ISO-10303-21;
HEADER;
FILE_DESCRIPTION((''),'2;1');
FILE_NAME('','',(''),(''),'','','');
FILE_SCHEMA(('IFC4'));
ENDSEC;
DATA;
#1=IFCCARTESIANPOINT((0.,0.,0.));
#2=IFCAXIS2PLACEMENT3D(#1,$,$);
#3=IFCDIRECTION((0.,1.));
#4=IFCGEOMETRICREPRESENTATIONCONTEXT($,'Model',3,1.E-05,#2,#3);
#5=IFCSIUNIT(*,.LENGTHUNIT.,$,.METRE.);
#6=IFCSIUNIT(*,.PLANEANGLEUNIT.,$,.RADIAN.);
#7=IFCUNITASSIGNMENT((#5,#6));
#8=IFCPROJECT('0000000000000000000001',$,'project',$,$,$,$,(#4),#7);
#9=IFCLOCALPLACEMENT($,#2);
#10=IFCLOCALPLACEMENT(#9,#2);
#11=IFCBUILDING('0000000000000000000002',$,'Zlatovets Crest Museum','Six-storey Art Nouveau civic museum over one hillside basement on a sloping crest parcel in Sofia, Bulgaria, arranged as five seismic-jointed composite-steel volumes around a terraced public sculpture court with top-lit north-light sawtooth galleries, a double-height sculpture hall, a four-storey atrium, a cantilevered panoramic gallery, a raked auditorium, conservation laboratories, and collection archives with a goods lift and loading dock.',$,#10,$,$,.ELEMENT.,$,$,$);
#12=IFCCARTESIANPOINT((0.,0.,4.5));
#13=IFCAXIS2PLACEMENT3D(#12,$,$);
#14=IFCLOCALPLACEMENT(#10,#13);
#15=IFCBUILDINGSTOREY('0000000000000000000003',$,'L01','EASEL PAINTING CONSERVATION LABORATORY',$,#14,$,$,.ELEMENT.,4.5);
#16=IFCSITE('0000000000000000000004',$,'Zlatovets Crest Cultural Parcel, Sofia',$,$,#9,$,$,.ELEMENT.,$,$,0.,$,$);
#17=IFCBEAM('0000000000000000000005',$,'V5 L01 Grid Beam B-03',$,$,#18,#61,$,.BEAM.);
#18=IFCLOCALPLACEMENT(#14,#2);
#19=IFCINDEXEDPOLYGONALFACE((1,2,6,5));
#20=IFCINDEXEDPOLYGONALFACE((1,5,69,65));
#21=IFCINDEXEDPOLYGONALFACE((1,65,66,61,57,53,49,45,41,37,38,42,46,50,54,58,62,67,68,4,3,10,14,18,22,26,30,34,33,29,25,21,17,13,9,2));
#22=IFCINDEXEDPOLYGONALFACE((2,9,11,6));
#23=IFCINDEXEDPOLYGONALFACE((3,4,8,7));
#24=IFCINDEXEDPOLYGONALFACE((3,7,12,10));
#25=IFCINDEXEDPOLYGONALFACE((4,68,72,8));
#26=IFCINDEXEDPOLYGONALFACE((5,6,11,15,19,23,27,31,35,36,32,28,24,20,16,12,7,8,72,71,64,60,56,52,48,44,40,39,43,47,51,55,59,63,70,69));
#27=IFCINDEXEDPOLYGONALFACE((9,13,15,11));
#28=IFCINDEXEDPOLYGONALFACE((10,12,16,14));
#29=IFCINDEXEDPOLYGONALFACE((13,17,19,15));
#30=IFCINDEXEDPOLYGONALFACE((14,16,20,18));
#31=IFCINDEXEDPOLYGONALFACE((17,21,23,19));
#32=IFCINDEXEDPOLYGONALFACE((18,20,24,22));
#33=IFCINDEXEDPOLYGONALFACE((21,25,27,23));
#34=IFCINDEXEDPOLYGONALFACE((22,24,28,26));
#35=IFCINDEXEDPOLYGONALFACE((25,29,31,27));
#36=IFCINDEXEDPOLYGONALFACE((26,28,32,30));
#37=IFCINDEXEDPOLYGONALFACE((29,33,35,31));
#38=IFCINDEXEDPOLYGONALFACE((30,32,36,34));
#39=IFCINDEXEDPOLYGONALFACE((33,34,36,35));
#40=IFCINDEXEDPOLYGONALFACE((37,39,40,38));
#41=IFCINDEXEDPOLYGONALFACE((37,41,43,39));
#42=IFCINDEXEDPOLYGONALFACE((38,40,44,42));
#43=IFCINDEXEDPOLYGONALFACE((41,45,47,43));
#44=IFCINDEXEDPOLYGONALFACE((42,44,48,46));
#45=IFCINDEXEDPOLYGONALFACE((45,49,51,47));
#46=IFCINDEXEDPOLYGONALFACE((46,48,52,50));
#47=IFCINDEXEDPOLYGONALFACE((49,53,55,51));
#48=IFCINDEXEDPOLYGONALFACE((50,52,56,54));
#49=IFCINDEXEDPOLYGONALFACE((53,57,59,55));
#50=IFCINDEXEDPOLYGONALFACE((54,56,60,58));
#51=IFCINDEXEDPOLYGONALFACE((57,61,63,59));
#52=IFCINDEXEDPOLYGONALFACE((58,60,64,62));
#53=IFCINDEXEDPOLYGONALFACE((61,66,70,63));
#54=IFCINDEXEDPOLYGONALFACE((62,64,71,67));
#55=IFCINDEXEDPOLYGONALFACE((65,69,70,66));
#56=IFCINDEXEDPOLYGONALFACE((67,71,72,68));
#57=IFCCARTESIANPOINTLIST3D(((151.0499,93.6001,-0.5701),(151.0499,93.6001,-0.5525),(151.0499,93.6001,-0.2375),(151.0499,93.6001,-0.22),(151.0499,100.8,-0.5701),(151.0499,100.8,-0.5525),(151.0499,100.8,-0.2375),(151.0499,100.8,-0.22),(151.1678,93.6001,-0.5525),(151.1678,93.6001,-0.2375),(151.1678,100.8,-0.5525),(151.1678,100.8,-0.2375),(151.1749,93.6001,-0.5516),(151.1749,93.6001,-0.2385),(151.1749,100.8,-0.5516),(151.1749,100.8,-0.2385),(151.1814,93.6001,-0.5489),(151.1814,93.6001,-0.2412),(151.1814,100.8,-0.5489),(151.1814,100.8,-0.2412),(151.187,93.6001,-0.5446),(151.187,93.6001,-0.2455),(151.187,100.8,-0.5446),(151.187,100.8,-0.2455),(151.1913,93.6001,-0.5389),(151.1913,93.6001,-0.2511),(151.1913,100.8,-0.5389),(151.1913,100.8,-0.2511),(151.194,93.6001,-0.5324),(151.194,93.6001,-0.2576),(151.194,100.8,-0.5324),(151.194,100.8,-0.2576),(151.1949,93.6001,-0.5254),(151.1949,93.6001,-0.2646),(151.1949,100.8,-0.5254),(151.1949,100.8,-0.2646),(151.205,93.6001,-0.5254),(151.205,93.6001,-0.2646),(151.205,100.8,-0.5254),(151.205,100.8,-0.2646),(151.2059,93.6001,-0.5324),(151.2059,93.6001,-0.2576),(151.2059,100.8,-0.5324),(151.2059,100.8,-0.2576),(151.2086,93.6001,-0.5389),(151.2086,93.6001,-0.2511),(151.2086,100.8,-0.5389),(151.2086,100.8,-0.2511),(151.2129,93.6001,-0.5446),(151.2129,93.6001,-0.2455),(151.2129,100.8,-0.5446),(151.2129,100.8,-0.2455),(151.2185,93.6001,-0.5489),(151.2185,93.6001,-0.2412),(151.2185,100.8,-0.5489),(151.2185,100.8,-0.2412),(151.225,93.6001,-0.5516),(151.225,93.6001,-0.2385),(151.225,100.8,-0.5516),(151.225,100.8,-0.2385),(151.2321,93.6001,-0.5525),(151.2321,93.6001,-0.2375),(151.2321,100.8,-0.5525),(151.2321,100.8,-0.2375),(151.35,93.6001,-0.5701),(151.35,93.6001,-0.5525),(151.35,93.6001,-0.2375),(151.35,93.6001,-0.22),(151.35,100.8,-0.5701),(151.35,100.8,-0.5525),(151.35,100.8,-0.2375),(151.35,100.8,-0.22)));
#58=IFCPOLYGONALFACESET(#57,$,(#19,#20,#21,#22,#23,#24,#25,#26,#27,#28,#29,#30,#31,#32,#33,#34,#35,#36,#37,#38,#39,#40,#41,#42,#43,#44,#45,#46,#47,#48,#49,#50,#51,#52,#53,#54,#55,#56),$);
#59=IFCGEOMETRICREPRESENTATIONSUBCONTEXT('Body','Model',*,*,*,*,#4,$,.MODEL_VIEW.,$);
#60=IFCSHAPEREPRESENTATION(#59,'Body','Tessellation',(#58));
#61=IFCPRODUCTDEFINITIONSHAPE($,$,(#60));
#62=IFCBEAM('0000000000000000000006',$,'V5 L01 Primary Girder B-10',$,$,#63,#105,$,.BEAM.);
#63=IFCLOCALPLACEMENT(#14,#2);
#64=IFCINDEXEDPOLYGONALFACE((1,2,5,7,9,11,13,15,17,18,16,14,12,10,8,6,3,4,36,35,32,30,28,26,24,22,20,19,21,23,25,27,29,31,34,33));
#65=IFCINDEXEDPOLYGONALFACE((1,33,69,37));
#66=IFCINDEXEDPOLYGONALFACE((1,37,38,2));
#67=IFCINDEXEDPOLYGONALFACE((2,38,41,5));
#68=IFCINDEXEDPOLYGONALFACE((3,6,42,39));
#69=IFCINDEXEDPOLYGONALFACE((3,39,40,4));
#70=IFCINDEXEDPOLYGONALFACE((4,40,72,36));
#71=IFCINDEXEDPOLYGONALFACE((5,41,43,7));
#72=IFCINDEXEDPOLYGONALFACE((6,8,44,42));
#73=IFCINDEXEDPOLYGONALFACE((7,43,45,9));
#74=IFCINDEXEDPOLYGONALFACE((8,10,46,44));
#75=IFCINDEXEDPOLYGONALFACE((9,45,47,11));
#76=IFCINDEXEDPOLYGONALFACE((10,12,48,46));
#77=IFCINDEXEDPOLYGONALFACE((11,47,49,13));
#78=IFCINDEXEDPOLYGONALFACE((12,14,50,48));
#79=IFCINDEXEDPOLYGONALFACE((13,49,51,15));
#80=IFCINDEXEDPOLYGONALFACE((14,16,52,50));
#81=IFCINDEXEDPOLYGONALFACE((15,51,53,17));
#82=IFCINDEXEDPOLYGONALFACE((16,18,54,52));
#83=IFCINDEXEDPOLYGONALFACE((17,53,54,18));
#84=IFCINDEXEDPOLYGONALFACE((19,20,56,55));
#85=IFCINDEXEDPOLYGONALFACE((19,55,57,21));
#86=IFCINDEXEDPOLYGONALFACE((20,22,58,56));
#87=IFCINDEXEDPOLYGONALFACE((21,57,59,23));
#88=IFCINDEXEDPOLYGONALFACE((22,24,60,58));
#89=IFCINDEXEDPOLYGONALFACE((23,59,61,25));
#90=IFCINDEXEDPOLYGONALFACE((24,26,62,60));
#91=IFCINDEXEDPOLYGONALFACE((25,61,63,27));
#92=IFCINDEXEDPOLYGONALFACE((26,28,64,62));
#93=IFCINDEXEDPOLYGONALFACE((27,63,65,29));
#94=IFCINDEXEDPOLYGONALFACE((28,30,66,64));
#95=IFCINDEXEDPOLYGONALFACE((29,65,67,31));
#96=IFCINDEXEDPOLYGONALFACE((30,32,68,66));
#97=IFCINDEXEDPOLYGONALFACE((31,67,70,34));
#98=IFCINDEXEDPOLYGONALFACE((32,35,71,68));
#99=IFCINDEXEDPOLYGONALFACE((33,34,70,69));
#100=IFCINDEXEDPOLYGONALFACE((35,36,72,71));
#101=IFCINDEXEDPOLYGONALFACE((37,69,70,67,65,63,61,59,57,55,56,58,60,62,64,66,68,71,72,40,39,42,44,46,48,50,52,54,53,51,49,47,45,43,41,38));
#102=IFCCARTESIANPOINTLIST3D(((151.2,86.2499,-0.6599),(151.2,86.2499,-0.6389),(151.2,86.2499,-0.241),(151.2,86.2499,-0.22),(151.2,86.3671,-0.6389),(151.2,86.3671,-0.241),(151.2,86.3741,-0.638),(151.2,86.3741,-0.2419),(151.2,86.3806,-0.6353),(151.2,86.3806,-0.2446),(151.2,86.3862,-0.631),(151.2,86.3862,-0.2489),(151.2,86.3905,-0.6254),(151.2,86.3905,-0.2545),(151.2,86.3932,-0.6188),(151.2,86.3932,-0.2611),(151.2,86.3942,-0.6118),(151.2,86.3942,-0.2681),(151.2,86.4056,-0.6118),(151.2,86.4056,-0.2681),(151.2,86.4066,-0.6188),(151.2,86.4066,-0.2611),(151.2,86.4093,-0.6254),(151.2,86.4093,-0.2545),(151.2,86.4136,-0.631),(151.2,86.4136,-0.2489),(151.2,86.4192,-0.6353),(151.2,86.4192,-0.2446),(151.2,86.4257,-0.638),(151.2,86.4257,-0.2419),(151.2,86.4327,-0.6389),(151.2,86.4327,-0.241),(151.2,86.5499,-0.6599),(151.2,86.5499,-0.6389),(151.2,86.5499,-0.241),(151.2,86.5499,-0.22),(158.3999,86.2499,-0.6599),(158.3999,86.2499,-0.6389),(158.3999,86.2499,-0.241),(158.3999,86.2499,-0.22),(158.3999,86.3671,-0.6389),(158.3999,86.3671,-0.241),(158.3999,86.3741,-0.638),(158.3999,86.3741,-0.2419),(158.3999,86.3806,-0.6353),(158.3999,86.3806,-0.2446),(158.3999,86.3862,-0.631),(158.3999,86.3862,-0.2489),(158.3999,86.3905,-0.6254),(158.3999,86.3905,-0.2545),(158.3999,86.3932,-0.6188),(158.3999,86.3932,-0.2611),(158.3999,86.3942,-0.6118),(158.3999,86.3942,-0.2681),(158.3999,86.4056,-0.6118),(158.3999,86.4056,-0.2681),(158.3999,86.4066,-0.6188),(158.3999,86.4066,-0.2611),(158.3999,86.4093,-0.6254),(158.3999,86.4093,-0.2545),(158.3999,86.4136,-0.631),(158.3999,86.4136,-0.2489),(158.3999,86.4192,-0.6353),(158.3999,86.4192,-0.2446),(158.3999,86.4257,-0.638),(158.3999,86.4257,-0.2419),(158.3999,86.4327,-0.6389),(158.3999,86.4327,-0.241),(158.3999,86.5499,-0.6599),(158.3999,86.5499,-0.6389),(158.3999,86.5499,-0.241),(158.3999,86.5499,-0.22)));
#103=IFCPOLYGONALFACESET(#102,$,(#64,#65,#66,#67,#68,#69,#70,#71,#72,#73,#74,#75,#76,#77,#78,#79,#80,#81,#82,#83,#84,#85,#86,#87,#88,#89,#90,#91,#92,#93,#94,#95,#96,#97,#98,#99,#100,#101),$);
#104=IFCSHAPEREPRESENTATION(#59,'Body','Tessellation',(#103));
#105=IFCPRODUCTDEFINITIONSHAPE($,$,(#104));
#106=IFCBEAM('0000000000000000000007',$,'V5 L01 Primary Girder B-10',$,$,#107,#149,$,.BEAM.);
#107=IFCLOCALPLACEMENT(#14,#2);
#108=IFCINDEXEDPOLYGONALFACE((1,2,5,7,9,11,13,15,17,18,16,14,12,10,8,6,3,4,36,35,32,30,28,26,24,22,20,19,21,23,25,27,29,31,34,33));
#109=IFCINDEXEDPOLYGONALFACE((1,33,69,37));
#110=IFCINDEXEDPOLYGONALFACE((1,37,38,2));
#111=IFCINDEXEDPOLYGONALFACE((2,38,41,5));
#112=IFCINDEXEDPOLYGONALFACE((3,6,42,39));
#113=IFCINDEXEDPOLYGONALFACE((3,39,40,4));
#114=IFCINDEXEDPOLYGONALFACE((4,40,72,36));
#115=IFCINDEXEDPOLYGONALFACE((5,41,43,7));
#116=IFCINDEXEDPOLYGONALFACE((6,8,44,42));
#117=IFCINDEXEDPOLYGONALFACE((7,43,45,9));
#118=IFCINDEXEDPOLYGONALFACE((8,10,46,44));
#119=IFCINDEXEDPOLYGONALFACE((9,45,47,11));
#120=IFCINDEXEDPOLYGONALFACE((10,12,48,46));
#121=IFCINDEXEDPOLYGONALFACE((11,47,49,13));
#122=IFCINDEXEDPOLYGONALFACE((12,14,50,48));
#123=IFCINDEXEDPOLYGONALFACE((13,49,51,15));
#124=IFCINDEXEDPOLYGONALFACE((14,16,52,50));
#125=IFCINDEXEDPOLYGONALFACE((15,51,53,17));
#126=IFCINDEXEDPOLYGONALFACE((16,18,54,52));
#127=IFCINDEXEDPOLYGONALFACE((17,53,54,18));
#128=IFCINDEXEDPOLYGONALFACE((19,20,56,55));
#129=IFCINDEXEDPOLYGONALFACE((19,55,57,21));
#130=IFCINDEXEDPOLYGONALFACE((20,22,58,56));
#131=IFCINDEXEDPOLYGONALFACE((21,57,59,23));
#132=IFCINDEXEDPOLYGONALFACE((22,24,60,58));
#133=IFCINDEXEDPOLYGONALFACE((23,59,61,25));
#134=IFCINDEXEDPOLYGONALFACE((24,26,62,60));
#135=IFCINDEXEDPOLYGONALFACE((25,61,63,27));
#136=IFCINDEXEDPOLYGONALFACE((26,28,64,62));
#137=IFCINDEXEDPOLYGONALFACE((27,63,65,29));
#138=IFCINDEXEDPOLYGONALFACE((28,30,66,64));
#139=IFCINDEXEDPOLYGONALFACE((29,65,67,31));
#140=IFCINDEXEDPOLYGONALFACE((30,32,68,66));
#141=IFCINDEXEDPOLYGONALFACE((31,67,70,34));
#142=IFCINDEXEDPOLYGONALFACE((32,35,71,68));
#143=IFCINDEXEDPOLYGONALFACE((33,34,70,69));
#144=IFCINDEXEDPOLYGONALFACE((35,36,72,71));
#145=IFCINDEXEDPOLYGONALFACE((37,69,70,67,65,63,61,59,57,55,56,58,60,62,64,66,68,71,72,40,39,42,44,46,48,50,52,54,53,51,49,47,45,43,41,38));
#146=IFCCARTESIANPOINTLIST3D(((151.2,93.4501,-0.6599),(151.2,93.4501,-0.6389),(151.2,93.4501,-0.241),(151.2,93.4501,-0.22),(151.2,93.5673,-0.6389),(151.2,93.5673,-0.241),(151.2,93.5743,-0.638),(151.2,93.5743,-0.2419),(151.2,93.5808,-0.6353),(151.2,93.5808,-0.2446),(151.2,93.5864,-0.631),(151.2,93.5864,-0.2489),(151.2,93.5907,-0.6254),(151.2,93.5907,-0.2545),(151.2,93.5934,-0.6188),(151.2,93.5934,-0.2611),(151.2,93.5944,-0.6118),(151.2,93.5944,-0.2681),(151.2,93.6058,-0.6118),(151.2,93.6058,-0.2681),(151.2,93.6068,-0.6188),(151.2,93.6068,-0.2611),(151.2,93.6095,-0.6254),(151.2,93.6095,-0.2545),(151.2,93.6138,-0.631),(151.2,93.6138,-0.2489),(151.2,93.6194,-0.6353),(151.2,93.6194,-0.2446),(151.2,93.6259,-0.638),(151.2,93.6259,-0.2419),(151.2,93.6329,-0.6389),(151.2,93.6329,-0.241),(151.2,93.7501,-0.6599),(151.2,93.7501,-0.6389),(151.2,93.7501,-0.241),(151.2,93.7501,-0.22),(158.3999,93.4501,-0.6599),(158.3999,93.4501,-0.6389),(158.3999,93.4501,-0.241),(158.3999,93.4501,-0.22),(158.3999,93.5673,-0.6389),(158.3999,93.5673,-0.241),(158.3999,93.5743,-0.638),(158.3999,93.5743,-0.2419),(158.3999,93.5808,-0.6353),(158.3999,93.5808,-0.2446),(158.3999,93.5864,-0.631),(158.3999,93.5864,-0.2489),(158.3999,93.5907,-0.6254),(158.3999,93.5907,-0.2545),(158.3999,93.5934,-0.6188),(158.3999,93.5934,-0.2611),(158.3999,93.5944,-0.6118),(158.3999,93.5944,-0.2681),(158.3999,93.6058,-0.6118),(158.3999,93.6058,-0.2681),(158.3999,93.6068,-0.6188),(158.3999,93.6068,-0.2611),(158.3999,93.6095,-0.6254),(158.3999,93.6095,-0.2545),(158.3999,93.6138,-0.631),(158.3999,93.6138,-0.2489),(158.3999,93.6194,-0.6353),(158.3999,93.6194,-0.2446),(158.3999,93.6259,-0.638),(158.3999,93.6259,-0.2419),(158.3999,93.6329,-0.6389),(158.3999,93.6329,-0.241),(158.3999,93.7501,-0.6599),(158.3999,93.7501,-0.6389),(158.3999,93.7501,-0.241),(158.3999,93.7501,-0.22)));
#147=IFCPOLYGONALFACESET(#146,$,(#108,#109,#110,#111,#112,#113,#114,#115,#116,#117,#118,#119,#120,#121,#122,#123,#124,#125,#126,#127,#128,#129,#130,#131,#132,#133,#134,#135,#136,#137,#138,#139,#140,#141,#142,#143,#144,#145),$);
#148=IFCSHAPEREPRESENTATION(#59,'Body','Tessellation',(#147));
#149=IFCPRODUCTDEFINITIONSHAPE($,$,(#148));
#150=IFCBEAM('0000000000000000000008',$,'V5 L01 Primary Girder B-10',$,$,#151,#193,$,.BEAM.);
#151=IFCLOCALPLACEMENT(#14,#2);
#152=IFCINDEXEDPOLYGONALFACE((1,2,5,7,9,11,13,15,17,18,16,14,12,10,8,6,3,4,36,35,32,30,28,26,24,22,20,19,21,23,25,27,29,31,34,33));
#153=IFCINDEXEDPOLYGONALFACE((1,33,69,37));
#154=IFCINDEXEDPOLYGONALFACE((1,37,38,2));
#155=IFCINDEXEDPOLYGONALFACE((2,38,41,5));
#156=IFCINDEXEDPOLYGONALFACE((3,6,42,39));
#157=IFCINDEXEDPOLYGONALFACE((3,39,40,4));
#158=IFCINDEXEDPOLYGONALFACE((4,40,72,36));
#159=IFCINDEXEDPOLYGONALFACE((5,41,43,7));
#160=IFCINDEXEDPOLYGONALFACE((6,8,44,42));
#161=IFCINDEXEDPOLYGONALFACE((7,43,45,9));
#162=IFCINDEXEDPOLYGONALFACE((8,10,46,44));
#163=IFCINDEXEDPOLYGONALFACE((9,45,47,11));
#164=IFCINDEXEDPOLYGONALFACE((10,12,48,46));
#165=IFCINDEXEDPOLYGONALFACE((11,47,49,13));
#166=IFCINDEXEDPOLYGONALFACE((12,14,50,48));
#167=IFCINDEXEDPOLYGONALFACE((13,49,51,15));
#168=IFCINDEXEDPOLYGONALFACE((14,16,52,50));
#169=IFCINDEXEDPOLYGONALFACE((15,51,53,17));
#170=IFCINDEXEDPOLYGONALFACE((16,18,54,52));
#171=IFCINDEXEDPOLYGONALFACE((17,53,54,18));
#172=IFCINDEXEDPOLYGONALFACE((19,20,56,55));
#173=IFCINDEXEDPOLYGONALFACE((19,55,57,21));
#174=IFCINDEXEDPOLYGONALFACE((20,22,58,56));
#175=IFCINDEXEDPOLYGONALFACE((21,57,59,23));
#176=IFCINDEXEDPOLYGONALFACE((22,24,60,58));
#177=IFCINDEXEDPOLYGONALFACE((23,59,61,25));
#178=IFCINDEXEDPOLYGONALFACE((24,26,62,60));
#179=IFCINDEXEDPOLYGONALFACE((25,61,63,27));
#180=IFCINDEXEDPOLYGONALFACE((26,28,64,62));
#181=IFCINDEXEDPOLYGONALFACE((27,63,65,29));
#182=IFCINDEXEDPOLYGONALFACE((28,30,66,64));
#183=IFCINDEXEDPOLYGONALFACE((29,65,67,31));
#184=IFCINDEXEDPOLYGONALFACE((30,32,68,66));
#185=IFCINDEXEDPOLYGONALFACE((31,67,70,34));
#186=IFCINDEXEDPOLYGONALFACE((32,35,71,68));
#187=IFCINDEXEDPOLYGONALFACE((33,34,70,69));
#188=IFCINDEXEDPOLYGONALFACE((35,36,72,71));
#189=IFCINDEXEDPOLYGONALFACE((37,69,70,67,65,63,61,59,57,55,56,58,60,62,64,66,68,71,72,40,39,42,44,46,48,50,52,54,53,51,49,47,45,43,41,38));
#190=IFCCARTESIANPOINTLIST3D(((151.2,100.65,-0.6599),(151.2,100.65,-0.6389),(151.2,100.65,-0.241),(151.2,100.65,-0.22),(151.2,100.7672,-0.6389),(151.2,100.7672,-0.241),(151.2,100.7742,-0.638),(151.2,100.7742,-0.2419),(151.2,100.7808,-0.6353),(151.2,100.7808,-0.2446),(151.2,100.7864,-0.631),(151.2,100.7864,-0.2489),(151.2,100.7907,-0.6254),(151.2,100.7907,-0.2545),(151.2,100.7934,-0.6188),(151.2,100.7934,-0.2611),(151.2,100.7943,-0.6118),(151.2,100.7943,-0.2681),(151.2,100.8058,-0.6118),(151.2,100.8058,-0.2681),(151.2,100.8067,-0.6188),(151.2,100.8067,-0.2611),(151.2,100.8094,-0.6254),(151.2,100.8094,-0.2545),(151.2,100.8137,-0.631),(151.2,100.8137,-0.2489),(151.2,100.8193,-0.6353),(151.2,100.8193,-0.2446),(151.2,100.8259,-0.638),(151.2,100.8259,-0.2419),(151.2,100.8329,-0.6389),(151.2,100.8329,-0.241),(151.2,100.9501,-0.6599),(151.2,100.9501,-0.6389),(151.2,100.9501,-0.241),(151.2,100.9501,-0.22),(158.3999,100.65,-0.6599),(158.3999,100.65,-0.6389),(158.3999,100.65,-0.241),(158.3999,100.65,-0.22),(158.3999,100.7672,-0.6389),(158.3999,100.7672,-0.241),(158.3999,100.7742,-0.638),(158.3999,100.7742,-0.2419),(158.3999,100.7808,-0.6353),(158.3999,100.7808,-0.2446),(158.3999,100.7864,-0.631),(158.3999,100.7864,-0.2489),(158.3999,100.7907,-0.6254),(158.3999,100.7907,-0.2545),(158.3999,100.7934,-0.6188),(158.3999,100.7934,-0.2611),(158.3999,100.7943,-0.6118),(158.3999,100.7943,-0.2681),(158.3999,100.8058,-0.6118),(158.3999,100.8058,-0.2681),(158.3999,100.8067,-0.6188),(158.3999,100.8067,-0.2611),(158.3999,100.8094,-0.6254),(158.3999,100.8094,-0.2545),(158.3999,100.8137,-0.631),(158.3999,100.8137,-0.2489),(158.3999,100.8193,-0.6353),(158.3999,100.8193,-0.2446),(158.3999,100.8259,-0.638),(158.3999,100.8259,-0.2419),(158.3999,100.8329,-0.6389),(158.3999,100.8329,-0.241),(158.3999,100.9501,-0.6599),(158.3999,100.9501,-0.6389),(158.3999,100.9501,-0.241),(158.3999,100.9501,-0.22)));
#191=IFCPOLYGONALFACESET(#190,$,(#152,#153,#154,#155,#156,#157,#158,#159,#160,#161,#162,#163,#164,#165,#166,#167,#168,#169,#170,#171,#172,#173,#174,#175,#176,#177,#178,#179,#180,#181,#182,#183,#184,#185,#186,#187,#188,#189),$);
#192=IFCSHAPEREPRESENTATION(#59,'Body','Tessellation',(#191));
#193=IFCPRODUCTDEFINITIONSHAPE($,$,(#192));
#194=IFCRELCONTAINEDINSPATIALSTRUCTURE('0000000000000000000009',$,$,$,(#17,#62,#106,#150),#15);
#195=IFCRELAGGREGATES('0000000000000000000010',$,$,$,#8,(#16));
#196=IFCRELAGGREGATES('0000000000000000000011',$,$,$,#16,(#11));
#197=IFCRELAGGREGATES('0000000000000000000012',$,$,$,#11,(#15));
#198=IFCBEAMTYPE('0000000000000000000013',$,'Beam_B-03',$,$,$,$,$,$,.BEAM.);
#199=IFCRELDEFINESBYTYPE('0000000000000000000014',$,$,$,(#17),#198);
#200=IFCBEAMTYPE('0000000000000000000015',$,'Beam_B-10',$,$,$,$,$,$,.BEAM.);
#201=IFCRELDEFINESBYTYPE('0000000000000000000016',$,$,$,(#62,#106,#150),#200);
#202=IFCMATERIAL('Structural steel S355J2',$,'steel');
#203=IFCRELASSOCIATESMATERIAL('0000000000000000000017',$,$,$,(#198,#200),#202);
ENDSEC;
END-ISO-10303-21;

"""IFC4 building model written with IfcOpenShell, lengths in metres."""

from ifc_helpers import new_model, si_unit, direction, frame, origin, origin_2d, place, context, subcontext, project, spatial, i_section, extrude, material, material_profile, profile_set, type_object, element, save


model = new_model("IFC4")

# Units and contexts
model_context = context("Model", 3, precision=1e-05, world=origin(), true_north=direction((0.0, 1.0)))
body_context = subcontext(model_context, "Body", "Model", "MODEL_VIEW")
ifc_project = project(units=[si_unit("LENGTHUNIT", "METRE"), si_unit("PLANEANGLEUNIT", "RADIAN")], contexts=[model_context])

# Site, building, storey
site_placement = place(None, origin())
site = spatial("IfcSite", under=ifc_project, at=site_placement, Name="Zlatovets Crest Cultural Parcel, Sofia", CompositionType="ELEMENT", RefElevation=0.0)
building_placement = place(site_placement, origin())
building = spatial("IfcBuilding", under=site, at=building_placement, Name="Zlatovets Crest Museum", Description="Six-storey Art Nouveau civic museum over one hillside basement on a sloping crest parcel in Sofia, Bulgaria, arranged as five seismic-jointed composite-steel volumes around a terraced public sculpture court with top-lit north-light sawtooth galleries, a double-height sculpture hall, a four-storey atrium, a cantilevered panoramic gallery, a raked auditorium, conservation laboratories, and collection archives with a goods lift and loading dock.", CompositionType="ELEMENT")
storey_placement = place(building_placement, frame((0.0, 0.0, 4.5)))
storey = spatial("IfcBuildingStorey", under=building, at=storey_placement, Name="L01", Description="EASEL PAINTING CONSERVATION LABORATORY", CompositionType="ELEMENT", Elevation=4.5)

# Shared definitions
ifc_material_1 = material(Name="Structural steel S355J2", Category="steel")

# Beams
ifc_material_profile_1 = material_profile(ifc_material_1, i_section(OverallWidth=0.3, OverallDepth=0.3501, WebThickness=0.01, FlangeThickness=0.0176, FilletRadius=0.0271, at=origin_2d()), Name="HEA 360")
ifc_profile_set_1 = profile_set([ifc_material_profile_1], Name="Structural steel S355J2")
beam_type_1 = type_object("IfcBeamType", Name="Beam_B-03", PredefinedType="BEAM", material=ifc_profile_set_1)
beam_1_placement = place(storey_placement, frame((151.2, 93.6001, -0.395), z_axis=(0.0, 1.0, 0.0), x_axis=(-1.0, 0.0, 0.0)))
element("IfcBeam", 1, at=beam_1_placement, inside=storey, type_object=beam_type_1, Name="V5 L01 Grid Beam B-03", PredefinedType="BEAM", context=body_context, shape_type="SweptSolid", body=[
    extrude(i_section(OverallWidth=0.3, OverallDepth=0.3501, WebThickness=0.01, FlangeThickness=0.0176, FilletRadius=0.0271, at=origin_2d()), origin(), (0.0, 0.0, 1.0), 7.2),
])
ifc_material_profile_2 = material_profile(ifc_material_1, i_section(OverallWidth=0.3, OverallDepth=0.4399, WebThickness=0.0115, FlangeThickness=0.021, FilletRadius=0.0271, at=origin_2d()), Name="HEA 450")
ifc_profile_set_2 = profile_set([ifc_material_profile_2], Name="Structural steel S355J2")
beam_type_2 = type_object("IfcBeamType", Name="Beam_B-10", PredefinedType="BEAM", material=ifc_profile_set_2)
for number, where, z_axis, x_axis, name in (
    (2, (151.2, 86.3999, -0.4399), (1.0, 0.0, 0.0), (0.0, 1.0, 0.0), "V5 L01 Primary Girder B-10"),
    (3, (151.2, 93.6001, -0.4399), (1.0, 0.0, 0.0), (0.0, 1.0, 0.0), "V5 L01 Primary Girder B-10"),
    (4, (151.2, 100.8, -0.4399), (1.0, 0.0, 0.0), (0.0, 1.0, 0.0), "V5 L01 Primary Girder B-10"),
):
    element("IfcBeam", number, at=place(storey_placement, frame(where, z_axis=z_axis, x_axis=x_axis)), inside=storey, type_object=beam_type_2, Name=name, PredefinedType="BEAM", context=body_context, shape_type="SweptSolid", body=[
        extrude(i_section(OverallWidth=0.3, OverallDepth=0.4399, WebThickness=0.0115, FlangeThickness=0.021, FilletRadius=0.0271, at=origin_2d()), origin(), (0.0, 0.0, 1.0), 7.2),
    ])

save(model, "model.ifc")
